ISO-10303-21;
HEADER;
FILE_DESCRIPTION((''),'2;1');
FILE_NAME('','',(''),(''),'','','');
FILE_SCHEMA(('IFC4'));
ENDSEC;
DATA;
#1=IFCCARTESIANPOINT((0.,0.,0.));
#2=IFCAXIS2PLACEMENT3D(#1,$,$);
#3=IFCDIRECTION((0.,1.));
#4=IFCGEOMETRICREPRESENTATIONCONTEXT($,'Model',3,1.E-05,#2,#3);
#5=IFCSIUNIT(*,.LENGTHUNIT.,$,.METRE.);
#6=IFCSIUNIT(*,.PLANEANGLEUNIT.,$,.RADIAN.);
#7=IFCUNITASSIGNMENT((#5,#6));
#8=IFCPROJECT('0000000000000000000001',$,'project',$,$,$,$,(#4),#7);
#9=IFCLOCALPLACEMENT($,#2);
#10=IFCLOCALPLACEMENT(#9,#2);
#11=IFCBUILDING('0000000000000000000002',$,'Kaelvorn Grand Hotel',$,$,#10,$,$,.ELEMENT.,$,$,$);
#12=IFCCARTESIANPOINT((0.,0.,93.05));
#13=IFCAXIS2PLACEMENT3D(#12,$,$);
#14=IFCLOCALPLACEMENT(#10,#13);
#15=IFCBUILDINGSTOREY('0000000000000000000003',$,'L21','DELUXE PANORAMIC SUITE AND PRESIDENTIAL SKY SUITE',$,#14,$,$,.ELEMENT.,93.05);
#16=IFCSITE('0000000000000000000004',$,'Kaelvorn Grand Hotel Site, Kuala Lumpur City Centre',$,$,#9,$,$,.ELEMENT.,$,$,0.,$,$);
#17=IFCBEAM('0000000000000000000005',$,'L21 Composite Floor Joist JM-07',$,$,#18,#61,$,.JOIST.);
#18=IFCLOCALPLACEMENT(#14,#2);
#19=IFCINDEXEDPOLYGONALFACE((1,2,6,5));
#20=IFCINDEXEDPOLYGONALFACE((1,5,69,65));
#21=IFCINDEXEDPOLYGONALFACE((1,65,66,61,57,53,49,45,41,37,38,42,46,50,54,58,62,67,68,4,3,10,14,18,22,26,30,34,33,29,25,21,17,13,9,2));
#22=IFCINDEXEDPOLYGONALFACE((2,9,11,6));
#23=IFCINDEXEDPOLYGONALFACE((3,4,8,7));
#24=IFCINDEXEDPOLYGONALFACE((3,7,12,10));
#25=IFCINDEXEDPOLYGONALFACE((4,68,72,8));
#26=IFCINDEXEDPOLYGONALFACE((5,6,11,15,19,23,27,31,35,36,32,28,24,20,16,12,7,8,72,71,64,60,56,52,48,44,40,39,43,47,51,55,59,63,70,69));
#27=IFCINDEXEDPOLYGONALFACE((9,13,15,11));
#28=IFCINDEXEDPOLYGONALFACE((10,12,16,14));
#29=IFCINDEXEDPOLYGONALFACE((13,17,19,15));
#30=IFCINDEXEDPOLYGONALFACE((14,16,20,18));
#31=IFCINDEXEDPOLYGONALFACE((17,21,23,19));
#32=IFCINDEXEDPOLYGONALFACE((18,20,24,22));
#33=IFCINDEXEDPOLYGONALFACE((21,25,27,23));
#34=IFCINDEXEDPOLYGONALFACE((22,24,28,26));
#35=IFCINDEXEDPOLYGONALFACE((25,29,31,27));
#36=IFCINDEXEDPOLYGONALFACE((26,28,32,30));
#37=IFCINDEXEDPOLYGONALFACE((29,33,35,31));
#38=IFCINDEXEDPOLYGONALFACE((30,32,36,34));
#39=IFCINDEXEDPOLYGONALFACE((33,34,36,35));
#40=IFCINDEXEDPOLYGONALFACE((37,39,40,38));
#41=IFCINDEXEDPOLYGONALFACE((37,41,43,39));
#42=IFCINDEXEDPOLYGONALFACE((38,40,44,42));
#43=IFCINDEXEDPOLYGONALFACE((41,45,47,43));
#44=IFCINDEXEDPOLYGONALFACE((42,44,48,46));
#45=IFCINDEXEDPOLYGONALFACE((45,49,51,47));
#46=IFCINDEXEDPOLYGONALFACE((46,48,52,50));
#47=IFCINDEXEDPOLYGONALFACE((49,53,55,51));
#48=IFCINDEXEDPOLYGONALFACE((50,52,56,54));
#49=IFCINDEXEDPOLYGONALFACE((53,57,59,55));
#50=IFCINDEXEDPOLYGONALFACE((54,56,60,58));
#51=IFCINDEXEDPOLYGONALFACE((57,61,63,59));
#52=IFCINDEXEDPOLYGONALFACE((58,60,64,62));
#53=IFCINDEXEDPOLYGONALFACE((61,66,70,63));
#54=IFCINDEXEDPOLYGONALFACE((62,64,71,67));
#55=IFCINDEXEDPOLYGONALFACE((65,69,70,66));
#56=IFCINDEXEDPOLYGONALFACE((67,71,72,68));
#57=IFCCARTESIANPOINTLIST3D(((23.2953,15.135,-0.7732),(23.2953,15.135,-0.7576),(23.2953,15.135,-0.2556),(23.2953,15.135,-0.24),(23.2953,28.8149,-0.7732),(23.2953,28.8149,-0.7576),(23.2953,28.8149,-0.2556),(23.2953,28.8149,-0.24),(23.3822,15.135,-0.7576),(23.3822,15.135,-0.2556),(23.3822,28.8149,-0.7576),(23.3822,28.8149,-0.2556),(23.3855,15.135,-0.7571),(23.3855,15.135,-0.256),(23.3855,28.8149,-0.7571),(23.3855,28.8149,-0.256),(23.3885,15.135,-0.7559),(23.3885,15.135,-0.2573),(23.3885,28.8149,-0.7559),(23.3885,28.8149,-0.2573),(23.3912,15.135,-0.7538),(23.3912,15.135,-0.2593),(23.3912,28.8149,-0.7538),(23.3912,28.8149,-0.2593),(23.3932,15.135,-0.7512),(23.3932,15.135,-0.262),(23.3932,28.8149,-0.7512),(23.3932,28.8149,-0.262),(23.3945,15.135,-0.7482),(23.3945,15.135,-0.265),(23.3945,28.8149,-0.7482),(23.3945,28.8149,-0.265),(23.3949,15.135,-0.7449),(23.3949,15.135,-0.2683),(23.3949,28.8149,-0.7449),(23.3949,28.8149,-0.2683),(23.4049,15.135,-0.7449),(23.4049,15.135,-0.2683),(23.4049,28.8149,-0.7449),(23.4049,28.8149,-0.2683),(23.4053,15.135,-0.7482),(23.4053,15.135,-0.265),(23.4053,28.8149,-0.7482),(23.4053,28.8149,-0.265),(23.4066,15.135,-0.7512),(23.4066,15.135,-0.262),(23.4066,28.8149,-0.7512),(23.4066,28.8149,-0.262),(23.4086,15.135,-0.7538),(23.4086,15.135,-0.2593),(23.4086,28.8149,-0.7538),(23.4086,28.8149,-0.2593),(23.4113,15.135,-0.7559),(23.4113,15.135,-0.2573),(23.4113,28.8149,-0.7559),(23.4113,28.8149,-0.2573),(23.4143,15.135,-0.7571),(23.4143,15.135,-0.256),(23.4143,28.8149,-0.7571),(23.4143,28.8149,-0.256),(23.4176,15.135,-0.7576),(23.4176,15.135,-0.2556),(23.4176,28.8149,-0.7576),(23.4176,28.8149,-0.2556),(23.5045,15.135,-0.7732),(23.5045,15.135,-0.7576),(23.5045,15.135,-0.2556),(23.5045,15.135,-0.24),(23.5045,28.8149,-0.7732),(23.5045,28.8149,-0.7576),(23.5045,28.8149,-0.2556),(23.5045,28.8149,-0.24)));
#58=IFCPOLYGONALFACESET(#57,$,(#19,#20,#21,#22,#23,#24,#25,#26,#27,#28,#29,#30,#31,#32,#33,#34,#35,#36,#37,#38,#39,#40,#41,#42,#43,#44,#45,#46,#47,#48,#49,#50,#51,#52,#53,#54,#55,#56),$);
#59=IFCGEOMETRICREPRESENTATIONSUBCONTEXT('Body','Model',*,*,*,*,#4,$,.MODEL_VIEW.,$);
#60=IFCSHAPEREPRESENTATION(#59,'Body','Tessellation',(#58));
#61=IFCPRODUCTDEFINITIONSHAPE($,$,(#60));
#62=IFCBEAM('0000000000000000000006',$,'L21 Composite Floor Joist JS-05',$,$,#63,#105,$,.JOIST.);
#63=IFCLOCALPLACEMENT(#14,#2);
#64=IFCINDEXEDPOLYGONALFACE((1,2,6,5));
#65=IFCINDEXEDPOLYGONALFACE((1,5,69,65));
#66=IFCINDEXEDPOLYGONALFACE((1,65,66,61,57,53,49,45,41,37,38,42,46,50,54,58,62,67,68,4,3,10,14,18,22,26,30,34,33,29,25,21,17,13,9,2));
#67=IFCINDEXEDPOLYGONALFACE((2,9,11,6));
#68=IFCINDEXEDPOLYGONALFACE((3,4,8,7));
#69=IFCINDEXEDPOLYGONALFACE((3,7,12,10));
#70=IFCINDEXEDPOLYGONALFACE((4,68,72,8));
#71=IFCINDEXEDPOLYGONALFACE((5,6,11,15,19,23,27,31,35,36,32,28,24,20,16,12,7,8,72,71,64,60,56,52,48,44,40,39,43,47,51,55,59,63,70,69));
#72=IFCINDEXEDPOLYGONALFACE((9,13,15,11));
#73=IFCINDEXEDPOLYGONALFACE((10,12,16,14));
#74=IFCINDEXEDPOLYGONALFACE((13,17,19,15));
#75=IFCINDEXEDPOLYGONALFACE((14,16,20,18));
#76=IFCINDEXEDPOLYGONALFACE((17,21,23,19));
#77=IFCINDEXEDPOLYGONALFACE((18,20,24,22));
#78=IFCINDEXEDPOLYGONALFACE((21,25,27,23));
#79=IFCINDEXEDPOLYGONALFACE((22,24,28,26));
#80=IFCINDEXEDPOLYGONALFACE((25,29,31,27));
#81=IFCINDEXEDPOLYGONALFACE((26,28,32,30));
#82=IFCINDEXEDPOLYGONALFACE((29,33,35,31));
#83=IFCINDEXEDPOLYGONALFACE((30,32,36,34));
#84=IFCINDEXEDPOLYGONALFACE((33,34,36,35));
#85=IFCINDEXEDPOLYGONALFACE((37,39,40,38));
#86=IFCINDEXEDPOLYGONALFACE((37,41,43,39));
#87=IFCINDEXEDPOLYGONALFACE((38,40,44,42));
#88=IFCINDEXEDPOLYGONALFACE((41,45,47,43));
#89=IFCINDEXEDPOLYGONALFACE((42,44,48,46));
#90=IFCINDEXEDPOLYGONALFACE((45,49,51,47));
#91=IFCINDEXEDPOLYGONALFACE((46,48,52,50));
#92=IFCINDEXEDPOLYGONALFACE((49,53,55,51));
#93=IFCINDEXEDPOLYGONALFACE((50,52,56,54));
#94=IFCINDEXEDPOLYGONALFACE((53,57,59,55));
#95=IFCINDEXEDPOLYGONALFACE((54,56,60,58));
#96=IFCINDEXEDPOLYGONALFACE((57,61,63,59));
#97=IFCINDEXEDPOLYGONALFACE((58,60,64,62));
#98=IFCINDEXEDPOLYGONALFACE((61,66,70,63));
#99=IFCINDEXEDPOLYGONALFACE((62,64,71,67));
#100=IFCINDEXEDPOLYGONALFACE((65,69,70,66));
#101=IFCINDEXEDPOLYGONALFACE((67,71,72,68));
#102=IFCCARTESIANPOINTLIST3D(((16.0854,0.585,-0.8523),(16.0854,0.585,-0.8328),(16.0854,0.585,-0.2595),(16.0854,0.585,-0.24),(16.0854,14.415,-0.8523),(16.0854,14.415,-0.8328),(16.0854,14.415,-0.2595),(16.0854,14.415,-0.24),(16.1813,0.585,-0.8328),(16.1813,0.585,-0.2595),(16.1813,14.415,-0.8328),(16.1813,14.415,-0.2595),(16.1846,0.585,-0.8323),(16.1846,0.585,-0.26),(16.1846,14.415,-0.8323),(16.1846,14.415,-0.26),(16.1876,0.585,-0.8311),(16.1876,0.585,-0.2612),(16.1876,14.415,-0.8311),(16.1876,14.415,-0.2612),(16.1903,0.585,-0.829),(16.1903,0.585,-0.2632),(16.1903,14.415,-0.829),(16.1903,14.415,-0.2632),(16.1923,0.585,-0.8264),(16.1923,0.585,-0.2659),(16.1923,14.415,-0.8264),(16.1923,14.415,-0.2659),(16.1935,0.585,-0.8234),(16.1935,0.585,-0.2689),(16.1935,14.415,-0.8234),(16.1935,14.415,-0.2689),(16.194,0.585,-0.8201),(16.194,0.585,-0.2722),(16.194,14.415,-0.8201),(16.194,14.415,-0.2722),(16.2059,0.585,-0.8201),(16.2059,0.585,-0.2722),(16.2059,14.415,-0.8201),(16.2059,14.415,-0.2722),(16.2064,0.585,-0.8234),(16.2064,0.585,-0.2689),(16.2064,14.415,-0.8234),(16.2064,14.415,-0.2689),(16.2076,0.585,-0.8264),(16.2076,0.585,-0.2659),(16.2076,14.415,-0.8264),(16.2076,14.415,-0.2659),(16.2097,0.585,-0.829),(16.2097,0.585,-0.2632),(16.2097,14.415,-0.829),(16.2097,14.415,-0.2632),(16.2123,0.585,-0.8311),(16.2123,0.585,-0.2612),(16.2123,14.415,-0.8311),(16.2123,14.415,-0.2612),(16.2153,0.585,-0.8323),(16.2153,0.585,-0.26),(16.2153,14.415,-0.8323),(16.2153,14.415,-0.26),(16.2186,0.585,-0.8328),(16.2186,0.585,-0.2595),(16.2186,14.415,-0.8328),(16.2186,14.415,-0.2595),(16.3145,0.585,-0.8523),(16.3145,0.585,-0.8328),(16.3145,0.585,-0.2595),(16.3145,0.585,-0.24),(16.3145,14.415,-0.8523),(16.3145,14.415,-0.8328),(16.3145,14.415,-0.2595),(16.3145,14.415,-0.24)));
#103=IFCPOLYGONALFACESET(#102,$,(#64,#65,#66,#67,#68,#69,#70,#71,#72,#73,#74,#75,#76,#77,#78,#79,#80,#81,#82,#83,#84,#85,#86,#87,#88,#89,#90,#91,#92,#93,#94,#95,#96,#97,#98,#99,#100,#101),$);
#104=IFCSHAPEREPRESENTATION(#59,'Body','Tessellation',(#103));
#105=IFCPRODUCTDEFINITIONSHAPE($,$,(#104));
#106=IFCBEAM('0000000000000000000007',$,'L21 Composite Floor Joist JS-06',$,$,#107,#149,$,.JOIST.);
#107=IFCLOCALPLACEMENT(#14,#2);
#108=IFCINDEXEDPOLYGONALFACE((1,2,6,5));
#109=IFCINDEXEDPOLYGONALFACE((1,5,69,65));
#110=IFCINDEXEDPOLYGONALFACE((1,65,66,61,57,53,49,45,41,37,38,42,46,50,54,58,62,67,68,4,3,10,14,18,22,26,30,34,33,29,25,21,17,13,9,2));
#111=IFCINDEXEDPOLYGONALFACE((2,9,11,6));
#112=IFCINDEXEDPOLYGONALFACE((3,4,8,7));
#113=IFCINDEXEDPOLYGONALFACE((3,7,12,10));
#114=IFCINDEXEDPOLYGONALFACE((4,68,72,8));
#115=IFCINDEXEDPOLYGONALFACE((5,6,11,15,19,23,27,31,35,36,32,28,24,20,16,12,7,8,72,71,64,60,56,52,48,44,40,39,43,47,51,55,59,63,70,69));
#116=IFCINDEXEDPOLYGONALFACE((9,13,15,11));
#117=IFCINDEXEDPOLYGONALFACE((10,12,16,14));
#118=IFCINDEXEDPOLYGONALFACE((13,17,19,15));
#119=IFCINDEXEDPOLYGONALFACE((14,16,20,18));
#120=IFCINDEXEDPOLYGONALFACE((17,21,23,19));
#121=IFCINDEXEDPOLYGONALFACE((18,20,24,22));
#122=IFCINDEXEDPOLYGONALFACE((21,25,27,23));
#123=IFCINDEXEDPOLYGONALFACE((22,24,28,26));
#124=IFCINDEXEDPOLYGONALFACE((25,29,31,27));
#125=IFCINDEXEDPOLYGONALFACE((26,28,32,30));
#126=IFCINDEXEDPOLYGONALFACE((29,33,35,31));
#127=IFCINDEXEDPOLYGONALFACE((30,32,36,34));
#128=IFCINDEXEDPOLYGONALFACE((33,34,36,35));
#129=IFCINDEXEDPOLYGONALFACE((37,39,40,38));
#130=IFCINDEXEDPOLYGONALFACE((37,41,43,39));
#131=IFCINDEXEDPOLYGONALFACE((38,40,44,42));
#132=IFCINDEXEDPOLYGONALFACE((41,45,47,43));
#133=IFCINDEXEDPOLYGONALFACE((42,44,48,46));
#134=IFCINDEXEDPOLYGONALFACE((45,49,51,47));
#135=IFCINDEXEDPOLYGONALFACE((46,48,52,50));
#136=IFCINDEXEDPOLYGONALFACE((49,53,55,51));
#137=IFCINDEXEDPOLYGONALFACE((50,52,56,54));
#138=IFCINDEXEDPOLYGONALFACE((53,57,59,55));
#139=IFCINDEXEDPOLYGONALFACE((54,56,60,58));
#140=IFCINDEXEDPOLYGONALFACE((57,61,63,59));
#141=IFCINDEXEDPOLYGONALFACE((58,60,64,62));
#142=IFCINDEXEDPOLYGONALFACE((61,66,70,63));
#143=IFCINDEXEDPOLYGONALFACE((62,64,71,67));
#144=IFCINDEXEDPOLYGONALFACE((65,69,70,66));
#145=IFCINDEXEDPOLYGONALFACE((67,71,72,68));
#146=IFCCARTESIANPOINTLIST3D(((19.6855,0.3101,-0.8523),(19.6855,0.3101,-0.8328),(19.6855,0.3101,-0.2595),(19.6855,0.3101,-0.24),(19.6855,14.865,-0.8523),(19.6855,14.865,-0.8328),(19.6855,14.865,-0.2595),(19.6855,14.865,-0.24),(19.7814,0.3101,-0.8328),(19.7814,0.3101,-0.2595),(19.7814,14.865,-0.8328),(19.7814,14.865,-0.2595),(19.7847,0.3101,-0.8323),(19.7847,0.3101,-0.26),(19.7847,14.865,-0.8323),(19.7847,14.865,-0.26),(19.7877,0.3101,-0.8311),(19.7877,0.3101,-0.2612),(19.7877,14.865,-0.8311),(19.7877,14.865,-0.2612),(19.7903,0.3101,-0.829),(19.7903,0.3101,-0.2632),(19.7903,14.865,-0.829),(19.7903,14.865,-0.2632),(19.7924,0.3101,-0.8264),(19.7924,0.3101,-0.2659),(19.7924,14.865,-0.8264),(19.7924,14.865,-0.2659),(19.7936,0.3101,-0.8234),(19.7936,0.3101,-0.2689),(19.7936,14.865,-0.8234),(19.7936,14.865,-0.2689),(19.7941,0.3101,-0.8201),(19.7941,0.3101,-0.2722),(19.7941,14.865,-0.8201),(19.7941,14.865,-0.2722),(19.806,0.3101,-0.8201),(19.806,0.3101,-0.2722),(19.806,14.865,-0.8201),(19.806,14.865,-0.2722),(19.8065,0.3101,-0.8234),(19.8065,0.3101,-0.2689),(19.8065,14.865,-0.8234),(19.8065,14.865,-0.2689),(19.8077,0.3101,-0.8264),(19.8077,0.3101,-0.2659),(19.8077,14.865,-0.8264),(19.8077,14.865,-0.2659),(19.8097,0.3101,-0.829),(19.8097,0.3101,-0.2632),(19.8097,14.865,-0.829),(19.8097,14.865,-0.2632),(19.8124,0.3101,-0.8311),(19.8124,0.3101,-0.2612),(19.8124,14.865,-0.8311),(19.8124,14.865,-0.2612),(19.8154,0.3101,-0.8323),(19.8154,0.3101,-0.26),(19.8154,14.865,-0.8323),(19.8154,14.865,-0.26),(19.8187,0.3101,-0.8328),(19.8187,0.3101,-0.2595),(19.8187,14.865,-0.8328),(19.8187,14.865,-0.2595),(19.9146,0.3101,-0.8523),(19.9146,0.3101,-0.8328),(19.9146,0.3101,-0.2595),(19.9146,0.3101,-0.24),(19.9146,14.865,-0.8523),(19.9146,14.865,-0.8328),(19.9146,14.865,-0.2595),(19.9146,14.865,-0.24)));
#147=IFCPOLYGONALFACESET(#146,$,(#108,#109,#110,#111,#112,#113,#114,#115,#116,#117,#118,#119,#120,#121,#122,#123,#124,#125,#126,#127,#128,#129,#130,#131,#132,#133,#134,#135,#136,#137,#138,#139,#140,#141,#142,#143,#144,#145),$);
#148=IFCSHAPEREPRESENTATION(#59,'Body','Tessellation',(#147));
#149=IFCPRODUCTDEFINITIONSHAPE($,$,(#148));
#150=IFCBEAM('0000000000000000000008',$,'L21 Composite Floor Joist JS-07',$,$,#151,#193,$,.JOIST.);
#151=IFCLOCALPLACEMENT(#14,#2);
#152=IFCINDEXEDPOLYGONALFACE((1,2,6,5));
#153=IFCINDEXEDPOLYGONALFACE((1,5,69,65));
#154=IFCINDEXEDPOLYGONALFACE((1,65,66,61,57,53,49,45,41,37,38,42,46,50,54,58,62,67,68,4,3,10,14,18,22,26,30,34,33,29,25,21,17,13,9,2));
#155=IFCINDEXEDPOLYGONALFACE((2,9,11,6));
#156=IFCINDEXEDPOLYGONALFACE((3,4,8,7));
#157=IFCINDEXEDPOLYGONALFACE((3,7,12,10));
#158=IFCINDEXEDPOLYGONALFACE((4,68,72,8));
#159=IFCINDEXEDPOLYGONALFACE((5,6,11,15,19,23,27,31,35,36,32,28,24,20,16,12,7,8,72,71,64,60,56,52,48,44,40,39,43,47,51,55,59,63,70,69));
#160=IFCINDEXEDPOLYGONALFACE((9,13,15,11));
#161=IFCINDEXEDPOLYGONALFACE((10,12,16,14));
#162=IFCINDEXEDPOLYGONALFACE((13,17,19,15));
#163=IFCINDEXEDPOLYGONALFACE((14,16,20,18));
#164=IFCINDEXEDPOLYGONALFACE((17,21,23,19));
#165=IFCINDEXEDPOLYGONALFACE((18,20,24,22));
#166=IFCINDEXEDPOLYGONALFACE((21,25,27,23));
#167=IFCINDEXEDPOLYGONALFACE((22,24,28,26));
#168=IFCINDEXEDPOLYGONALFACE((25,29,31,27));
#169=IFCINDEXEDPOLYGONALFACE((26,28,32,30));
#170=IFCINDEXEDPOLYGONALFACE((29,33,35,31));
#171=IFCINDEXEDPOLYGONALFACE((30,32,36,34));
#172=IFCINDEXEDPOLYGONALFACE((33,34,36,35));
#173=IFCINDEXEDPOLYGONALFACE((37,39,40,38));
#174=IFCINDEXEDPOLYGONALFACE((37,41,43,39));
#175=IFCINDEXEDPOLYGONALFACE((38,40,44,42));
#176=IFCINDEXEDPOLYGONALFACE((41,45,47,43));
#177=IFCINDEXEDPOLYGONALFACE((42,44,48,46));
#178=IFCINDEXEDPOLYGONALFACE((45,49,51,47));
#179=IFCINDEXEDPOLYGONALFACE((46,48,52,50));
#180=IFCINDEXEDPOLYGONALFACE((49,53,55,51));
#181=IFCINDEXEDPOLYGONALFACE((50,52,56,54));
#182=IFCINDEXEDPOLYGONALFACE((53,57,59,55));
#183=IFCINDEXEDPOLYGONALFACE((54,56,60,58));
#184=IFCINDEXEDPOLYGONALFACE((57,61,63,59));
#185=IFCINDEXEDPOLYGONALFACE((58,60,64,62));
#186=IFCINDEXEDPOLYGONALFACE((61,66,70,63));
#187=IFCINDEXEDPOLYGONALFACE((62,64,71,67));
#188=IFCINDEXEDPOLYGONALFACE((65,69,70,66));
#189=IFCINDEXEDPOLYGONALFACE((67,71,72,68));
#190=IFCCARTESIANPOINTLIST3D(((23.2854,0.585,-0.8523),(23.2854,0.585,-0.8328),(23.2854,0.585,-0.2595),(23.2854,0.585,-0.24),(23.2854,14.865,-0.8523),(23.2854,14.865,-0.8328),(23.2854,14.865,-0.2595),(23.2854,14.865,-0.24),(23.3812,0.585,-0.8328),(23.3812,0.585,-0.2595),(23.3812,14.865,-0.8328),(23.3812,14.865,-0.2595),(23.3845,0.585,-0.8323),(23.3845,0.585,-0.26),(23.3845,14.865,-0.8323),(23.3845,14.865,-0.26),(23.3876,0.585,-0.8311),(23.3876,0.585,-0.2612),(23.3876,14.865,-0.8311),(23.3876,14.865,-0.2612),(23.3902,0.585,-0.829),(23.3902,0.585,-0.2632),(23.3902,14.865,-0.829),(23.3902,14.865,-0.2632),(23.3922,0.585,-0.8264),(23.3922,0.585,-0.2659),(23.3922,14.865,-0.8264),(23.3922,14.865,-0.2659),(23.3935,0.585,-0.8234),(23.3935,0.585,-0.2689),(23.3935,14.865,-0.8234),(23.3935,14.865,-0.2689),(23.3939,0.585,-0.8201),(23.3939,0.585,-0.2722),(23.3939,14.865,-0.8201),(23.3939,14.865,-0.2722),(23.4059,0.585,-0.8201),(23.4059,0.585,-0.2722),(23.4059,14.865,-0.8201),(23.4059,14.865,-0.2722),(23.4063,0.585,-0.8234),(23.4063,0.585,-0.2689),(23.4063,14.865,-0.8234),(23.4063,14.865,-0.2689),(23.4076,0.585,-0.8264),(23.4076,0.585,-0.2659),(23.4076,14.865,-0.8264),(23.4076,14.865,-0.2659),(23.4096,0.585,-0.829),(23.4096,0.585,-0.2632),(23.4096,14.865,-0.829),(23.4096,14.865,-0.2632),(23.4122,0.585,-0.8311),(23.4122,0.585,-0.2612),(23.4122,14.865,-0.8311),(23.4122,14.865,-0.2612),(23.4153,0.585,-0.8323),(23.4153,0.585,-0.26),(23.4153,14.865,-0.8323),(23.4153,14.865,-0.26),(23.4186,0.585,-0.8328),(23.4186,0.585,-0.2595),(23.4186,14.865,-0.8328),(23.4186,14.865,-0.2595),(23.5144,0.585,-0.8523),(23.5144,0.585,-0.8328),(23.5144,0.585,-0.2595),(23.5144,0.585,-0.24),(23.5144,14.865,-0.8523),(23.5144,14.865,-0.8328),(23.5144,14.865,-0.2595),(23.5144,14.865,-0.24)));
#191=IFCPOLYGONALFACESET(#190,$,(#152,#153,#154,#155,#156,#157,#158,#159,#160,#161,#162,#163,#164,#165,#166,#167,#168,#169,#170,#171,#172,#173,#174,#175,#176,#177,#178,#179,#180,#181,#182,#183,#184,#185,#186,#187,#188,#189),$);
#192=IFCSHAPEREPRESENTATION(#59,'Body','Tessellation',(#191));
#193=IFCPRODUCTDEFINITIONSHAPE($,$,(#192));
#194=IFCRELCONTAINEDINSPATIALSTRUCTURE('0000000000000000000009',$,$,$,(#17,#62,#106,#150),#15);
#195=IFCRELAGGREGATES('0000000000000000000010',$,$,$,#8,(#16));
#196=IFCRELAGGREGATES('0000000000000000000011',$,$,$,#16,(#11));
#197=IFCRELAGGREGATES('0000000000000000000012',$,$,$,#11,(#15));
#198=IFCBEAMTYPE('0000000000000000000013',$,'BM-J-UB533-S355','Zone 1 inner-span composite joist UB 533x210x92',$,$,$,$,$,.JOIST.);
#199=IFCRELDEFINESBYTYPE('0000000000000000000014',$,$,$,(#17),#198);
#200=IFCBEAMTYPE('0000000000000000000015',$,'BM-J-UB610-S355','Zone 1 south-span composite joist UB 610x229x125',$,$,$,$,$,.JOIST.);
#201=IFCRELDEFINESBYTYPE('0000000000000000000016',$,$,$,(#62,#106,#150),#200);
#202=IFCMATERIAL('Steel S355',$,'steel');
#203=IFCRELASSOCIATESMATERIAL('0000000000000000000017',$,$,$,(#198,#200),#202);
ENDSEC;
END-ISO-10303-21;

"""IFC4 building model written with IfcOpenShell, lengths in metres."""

from ifc_helpers import new_model, si_unit, direction, frame, origin, origin_2d, place, context, subcontext, project, spatial, i_section, extrude, material, material_profile, profile_set, type_object, element, save


model = new_model("IFC4")

# Units and contexts
model_context = context("Model", 3, precision=1e-05, world=origin(), true_north=direction((0.0, 1.0)))
body_context = subcontext(model_context, "Body", "Model", "MODEL_VIEW")
ifc_project = project(units=[si_unit("LENGTHUNIT", "METRE"), si_unit("PLANEANGLEUNIT", "RADIAN")], contexts=[model_context])

# Site, building, storey
site_placement = place(None, origin())
site = spatial("IfcSite", under=ifc_project, at=site_placement, Name="Kaelvorn Grand Hotel Site, Kuala Lumpur City Centre", CompositionType="ELEMENT", RefElevation=0.0)
building_placement = place(site_placement, origin())
building = spatial("IfcBuilding", under=site, at=building_placement, Name="Kaelvorn Grand Hotel", CompositionType="ELEMENT")
storey_placement = place(building_placement, frame((0.0, 0.0, 93.05)))
storey = spatial("IfcBuildingStorey", under=building, at=storey_placement, Name="L21", Description="DELUXE PANORAMIC SUITE AND PRESIDENTIAL SKY SUITE", CompositionType="ELEMENT", Elevation=93.05)

# Beams
ifc_material_1 = material(Name="Steel S355", Category="steel")
ifc_material_profile_1 = material_profile(ifc_material_1, i_section(OverallWidth=0.2092, OverallDepth=0.5332, WebThickness=0.01, FlangeThickness=0.0156, FilletRadius=0.0127, at=origin_2d()), Name="UB 533x210x92")
ifc_profile_set_1 = profile_set([ifc_material_profile_1], Name="Steel S355")
beam_type_1 = type_object("IfcBeamType", Name="BM-J-UB533-S355", Description="Zone 1 inner-span composite joist UB 533x210x92", PredefinedType="JOIST", material=ifc_profile_set_1)
beam_1_placement = place(storey_placement, frame((23.3999, 15.135, -0.5066), z_axis=(0.0, 1.0, 0.0), x_axis=(-1.0, 0.0, 0.0)))
element("IfcBeam", 1, at=beam_1_placement, inside=storey, type_object=beam_type_1, Name="L21 Composite Floor Joist JM-07", PredefinedType="JOIST", context=body_context, shape_type="SweptSolid", body=[
    extrude(i_section(OverallWidth=0.2092, OverallDepth=0.5332, WebThickness=0.01, FlangeThickness=0.0156, FilletRadius=0.0127, at=origin_2d()), origin(), (0.0, 0.0, 1.0), 13.6799),
])
ifc_material_profile_2 = material_profile(ifc_material_1, i_section(OverallWidth=0.229, OverallDepth=0.6123, WebThickness=0.012, FlangeThickness=0.0195, FilletRadius=0.0127, at=origin_2d()), Name="UB 610x229x125")
ifc_profile_set_2 = profile_set([ifc_material_profile_2], Name="Steel S355")
beam_type_2 = type_object("IfcBeamType", Name="BM-J-UB610-S355", Description="Zone 1 south-span composite joist UB 610x229x125", PredefinedType="JOIST", material=ifc_profile_set_2)
beam_2_placement = place(storey_placement, frame((16.2, 0.585, -0.5461), z_axis=(0.0, 1.0, 0.0), x_axis=(-1.0, 0.0, 0.0)))
element("IfcBeam", 2, at=beam_2_placement, inside=storey, type_object=beam_type_2, Name="L21 Composite Floor Joist JS-05", PredefinedType="JOIST", context=body_context, shape_type="SweptSolid", body=[
    extrude(i_section(OverallWidth=0.229, OverallDepth=0.6123, WebThickness=0.012, FlangeThickness=0.0195, FilletRadius=0.0127, at=origin_2d()), origin(), (0.0, 0.0, 1.0), 13.8301),
])
beam_3_placement = place(storey_placement, frame((19.8, 0.3101, -0.5461), z_axis=(0.0, 1.0, 0.0), x_axis=(-1.0, 0.0, 0.0)))
element("IfcBeam", 3, at=beam_3_placement, inside=storey, type_object=beam_type_2, Name="L21 Composite Floor Joist JS-06", PredefinedType="JOIST", context=body_context, shape_type="SweptSolid", body=[
    extrude(i_section(OverallWidth=0.229, OverallDepth=0.6123, WebThickness=0.012, FlangeThickness=0.0195, FilletRadius=0.0127, at=origin_2d()), origin(), (0.0, 0.0, 1.0), 14.5549),
])
beam_4_placement = place(storey_placement, frame((23.3999, 0.585, -0.5461), z_axis=(0.0, 1.0, 0.0), x_axis=(-1.0, 0.0, 0.0)))
element("IfcBeam", 4, at=beam_4_placement, inside=storey, type_object=beam_type_2, Name="L21 Composite Floor Joist JS-07", PredefinedType="JOIST", context=body_context, shape_type="SweptSolid", body=[
    extrude(i_section(OverallWidth=0.229, OverallDepth=0.6123, WebThickness=0.012, FlangeThickness=0.0195, FilletRadius=0.0127, at=origin_2d()), origin(), (0.0, 0.0, 1.0), 14.28),
])

save(model, "model.ifc")
